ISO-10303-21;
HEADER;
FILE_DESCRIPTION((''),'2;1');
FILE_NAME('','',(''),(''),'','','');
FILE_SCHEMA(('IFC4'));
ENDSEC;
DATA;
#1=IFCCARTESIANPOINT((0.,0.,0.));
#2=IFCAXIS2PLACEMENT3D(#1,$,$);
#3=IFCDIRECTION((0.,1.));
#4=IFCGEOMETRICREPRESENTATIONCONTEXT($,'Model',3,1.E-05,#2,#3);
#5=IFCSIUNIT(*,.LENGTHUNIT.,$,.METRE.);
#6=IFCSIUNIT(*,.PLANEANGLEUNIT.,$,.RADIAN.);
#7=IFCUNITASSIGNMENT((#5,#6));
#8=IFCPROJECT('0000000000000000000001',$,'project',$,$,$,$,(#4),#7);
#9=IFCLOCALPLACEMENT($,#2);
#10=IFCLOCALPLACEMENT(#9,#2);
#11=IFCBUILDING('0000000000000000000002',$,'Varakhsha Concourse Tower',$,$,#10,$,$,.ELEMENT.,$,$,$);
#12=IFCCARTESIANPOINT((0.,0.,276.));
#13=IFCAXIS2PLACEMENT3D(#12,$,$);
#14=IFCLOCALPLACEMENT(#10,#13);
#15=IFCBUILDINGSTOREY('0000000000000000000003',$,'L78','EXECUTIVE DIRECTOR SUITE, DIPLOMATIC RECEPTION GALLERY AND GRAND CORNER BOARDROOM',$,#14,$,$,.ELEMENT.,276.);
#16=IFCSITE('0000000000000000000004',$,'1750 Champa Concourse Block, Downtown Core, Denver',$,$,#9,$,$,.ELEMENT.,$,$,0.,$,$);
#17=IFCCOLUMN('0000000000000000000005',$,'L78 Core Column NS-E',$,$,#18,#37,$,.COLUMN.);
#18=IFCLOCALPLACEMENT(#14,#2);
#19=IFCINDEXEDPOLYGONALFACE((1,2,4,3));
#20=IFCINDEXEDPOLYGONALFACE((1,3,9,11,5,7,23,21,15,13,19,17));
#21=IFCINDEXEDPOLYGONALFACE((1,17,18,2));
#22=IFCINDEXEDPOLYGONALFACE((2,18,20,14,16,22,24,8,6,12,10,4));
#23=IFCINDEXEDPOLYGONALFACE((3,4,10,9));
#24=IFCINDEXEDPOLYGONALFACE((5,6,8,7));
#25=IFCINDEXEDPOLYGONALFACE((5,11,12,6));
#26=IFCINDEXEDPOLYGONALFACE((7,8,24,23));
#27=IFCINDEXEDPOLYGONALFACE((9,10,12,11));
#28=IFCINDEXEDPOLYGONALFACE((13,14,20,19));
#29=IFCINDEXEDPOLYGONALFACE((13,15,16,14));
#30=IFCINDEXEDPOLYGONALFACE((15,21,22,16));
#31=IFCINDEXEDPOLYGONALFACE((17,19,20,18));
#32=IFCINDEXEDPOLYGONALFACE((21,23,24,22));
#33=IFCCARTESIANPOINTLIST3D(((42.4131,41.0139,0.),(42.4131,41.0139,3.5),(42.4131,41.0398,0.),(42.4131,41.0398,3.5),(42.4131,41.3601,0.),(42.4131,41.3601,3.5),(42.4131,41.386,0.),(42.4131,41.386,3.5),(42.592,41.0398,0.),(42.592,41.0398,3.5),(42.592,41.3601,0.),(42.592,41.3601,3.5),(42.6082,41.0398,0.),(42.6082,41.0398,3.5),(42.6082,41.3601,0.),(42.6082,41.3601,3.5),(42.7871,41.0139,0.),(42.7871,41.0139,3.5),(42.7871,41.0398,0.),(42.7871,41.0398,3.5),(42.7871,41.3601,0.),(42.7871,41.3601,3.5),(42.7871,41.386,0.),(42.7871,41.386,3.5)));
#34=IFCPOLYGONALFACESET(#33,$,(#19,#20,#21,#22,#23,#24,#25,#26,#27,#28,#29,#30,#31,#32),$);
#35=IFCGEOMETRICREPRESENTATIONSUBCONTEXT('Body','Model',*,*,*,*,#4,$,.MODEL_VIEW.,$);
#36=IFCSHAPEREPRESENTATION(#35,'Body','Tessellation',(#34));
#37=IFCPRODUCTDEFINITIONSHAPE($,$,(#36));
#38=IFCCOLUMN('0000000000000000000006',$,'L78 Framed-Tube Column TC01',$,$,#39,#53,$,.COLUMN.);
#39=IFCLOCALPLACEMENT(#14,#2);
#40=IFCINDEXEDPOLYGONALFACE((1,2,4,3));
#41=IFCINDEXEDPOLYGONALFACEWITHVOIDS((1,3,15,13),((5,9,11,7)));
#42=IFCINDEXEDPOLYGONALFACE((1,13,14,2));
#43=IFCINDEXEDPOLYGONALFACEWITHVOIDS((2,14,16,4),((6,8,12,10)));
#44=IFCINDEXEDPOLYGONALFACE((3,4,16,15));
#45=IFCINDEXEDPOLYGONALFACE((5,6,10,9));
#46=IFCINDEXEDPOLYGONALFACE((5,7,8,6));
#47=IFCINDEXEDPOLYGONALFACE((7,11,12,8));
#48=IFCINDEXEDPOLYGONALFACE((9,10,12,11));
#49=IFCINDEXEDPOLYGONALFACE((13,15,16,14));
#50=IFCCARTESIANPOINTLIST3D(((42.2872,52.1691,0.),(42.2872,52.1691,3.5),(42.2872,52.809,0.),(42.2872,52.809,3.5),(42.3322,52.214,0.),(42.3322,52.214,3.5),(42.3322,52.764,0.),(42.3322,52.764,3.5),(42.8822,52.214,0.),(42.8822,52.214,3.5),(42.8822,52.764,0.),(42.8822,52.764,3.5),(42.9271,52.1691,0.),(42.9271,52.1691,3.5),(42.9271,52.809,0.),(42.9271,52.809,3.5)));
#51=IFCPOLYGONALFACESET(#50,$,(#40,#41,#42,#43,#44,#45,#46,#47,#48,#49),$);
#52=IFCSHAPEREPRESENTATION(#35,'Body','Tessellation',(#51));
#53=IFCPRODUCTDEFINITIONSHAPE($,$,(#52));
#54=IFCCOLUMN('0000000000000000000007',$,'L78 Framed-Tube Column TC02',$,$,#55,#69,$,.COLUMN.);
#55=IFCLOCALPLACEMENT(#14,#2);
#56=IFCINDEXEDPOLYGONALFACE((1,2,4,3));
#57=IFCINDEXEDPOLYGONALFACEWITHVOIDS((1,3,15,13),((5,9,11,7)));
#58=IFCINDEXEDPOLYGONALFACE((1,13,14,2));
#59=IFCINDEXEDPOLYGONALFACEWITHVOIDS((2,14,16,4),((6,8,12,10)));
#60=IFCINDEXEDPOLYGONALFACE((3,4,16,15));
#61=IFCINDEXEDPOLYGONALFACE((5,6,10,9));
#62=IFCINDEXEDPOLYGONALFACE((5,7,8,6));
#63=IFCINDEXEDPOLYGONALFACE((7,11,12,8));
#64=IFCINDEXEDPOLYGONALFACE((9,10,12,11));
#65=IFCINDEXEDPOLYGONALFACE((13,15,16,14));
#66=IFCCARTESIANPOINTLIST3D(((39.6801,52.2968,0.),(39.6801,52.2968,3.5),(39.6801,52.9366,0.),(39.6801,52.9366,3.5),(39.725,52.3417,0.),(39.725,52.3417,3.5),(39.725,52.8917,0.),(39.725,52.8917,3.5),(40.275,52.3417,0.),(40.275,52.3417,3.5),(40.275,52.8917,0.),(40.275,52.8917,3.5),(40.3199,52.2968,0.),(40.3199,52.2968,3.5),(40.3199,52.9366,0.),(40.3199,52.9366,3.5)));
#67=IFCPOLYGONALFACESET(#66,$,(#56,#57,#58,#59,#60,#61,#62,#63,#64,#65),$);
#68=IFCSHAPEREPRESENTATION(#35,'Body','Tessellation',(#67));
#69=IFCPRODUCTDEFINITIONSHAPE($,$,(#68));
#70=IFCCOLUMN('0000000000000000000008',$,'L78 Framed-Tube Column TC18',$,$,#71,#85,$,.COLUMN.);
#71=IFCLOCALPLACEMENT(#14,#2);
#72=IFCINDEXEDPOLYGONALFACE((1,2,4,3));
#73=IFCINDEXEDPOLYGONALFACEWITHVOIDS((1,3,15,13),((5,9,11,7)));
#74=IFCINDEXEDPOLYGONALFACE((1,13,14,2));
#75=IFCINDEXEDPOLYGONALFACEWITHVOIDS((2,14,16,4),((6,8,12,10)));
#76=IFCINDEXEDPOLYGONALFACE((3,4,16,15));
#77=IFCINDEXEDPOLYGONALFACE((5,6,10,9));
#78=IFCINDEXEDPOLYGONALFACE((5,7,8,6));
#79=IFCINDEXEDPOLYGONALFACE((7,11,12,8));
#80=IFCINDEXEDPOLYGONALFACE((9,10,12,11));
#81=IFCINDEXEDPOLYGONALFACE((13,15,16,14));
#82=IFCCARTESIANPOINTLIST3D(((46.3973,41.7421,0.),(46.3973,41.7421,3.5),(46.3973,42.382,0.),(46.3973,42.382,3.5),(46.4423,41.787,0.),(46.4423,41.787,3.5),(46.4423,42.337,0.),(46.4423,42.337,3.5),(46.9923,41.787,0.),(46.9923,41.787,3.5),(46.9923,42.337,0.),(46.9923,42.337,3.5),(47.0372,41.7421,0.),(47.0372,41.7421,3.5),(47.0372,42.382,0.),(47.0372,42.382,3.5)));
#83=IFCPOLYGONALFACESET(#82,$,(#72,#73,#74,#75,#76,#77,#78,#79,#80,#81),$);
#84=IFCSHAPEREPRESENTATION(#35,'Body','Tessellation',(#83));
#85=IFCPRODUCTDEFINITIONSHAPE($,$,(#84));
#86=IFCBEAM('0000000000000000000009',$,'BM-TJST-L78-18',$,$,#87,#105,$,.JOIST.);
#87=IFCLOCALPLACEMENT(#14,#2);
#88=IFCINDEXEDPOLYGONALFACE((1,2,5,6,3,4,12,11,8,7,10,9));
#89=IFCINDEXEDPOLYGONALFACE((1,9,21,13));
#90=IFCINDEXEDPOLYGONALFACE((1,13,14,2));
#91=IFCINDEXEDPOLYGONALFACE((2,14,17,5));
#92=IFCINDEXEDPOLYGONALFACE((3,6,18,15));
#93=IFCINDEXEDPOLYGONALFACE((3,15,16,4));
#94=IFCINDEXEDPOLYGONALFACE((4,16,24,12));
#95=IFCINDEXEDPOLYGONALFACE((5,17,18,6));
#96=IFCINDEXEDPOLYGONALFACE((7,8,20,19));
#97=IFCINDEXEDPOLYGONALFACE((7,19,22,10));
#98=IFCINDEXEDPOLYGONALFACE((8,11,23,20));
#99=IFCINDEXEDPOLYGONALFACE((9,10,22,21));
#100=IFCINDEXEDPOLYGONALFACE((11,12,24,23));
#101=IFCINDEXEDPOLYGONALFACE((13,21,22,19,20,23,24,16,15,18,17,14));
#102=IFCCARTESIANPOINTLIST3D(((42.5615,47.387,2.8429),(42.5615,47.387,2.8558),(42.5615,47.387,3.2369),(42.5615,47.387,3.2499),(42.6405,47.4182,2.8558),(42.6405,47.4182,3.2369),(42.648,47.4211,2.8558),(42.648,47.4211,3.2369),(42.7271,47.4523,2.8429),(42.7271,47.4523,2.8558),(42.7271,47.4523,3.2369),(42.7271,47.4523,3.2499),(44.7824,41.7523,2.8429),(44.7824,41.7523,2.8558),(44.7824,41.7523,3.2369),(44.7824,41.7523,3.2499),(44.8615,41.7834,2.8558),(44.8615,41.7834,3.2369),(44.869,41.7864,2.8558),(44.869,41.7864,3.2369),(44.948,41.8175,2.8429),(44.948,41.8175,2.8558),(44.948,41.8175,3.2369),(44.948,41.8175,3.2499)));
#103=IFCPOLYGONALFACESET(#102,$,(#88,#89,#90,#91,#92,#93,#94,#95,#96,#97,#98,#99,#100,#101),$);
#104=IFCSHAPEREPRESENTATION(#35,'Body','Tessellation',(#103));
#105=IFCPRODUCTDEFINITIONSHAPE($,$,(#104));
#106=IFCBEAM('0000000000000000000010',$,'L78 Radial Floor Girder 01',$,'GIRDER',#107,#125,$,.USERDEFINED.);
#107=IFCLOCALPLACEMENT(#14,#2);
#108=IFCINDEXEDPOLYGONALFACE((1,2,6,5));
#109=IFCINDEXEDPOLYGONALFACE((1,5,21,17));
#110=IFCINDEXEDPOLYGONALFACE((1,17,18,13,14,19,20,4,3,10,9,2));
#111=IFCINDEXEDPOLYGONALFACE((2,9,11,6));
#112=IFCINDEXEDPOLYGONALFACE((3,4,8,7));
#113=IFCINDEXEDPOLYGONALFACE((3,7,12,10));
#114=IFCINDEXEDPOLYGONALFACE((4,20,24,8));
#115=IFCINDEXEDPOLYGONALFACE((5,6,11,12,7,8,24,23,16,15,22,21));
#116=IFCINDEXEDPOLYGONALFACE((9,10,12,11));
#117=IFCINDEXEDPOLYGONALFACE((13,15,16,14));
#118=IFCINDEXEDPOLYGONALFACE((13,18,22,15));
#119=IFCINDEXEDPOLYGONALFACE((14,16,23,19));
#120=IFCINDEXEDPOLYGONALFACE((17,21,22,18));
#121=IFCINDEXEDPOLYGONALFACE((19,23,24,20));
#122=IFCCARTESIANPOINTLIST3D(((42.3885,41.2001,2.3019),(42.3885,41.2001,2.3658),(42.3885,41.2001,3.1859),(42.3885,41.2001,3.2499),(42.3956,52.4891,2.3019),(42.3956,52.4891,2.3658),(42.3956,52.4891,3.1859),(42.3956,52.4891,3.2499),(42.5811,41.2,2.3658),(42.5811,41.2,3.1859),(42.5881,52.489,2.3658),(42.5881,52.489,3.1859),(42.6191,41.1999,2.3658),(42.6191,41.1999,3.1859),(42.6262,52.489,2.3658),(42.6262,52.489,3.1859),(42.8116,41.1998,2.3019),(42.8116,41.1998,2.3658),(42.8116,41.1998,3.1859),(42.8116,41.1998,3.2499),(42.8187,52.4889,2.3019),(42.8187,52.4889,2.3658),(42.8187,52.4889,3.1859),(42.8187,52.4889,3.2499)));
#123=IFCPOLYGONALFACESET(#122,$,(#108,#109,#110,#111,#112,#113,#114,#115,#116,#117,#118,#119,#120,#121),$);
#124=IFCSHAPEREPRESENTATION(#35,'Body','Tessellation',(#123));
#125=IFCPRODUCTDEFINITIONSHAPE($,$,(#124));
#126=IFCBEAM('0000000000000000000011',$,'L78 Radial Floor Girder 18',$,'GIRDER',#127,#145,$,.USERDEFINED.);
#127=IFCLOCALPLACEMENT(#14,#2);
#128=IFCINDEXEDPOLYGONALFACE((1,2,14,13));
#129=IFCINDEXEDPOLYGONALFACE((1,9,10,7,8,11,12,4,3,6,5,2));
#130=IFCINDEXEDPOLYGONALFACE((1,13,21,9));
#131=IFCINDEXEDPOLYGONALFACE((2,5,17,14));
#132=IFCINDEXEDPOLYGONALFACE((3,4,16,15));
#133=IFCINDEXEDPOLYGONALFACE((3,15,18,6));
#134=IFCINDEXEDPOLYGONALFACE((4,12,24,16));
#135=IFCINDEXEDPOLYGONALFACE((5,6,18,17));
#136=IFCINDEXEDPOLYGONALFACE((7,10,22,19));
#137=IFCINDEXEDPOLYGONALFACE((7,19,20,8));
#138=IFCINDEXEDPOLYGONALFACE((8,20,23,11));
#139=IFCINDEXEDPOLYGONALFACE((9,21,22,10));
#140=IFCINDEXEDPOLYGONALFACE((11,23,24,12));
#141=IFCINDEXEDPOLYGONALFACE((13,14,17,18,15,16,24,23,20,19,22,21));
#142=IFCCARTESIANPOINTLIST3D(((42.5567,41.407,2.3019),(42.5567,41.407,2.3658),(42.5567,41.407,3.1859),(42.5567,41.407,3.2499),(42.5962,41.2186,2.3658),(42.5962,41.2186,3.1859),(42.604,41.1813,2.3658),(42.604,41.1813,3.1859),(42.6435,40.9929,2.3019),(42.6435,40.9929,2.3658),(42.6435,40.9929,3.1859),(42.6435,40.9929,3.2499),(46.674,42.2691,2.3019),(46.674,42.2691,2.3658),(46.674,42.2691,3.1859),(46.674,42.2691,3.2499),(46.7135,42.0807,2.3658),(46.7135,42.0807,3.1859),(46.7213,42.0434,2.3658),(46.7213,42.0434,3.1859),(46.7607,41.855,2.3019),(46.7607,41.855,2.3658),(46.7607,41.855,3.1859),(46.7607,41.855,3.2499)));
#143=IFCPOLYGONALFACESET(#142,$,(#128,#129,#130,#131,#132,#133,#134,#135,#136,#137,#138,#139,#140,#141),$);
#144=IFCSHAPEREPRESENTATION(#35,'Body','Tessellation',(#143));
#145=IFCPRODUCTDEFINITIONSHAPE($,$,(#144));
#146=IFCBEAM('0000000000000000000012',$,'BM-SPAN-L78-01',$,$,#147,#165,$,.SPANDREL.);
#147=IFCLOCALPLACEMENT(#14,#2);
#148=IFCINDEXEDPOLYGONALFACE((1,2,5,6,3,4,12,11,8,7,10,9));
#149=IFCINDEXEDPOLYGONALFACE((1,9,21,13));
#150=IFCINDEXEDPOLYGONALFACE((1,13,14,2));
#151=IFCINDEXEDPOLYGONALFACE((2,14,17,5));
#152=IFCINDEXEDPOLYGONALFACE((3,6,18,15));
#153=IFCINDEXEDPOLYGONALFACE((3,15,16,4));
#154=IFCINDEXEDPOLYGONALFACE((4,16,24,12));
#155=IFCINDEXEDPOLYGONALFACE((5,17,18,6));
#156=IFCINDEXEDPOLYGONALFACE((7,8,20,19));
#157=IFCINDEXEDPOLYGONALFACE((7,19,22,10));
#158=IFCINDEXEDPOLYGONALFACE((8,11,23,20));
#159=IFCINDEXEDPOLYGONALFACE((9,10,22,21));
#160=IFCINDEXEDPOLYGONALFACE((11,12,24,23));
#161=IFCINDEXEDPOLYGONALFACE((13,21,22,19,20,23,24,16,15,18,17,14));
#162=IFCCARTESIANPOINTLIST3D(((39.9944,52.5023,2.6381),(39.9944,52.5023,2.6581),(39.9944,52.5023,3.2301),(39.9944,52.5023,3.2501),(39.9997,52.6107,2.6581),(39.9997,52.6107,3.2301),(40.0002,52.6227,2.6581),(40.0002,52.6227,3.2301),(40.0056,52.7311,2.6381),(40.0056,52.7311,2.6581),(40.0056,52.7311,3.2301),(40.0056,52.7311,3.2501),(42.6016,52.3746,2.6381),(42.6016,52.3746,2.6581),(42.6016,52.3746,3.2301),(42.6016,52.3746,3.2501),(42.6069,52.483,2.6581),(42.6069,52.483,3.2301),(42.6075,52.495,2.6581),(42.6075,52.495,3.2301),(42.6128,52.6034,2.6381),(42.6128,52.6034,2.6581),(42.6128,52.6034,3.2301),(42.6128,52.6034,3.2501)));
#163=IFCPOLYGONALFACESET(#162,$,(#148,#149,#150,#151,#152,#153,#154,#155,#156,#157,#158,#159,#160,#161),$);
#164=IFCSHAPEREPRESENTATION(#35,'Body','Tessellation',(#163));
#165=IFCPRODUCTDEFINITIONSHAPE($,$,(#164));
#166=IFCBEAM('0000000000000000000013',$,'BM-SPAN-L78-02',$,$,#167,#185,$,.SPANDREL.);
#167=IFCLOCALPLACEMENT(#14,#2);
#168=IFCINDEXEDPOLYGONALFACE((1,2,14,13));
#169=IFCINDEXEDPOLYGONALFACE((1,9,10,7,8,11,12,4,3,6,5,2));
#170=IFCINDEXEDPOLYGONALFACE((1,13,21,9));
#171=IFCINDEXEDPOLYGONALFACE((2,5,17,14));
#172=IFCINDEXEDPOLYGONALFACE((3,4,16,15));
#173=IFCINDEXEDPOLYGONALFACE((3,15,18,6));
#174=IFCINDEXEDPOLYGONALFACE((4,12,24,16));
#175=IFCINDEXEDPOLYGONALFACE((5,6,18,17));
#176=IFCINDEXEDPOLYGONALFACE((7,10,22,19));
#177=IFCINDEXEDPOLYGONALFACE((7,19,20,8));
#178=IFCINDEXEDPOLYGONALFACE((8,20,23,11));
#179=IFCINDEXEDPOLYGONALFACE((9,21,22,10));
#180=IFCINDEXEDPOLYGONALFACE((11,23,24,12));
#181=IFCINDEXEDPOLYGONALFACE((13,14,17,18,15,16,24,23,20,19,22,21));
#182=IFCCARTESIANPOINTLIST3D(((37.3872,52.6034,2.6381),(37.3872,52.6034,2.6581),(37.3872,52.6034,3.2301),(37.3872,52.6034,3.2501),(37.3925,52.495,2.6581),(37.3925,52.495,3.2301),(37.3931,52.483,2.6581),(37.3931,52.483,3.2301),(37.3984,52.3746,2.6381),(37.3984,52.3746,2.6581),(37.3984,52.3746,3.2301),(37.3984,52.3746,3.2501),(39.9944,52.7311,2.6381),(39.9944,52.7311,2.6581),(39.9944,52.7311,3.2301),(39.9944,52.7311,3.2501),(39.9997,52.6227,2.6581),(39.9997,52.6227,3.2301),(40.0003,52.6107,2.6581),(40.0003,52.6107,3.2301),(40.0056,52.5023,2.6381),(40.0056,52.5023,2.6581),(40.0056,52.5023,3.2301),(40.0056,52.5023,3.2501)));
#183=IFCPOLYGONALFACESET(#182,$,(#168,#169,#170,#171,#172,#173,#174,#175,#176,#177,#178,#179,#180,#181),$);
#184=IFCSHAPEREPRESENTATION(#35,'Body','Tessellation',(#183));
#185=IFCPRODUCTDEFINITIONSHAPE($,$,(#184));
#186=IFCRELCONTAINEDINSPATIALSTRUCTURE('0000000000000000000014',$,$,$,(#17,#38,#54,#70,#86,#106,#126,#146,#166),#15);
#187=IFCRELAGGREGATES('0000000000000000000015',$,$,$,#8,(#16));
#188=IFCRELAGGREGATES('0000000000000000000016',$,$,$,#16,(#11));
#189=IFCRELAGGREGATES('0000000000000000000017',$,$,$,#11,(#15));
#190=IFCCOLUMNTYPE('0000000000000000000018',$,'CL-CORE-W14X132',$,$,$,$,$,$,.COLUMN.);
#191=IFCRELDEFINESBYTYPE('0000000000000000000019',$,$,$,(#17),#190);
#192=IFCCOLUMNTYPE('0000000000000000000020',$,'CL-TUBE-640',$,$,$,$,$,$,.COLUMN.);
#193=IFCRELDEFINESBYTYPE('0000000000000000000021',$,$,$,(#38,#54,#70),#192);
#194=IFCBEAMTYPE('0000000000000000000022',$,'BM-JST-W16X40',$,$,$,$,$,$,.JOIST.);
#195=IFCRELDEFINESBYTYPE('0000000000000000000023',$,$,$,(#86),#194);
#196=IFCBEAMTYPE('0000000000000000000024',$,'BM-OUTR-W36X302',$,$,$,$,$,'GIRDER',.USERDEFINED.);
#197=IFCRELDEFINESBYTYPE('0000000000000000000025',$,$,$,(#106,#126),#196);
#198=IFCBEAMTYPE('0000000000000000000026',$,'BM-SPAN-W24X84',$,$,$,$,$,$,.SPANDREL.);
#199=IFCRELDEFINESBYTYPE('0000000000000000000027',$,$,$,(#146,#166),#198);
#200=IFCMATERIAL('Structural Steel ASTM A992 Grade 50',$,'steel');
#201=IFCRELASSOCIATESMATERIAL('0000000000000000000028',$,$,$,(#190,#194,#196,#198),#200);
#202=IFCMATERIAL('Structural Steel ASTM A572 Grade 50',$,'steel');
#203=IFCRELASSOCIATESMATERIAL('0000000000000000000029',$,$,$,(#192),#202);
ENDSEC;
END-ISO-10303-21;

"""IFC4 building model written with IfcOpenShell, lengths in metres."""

from ifc_helpers import new_model, si_unit, direction, frame, origin, origin_2d, place, context, subcontext, project, spatial, hollow_rectangle, i_section, extrude, material, material_profile, profile_set, type_object, element, save


model = new_model("IFC4")

# Units and contexts
model_context = context("Model", 3, precision=1e-05, world=origin(), true_north=direction((0.0, 1.0)))
body_context = subcontext(model_context, "Body", "Model", "MODEL_VIEW")
ifc_project = project(units=[si_unit("LENGTHUNIT", "METRE"), si_unit("PLANEANGLEUNIT", "RADIAN")], contexts=[model_context])

# Site, building, storey
site_placement = place(None, origin())
site = spatial("IfcSite", under=ifc_project, at=site_placement, Name="1750 Champa Concourse Block, Downtown Core, Denver", CompositionType="ELEMENT", RefElevation=0.0)
building_placement = place(site_placement, origin())
building = spatial("IfcBuilding", under=site, at=building_placement, Name="Varakhsha Concourse Tower", CompositionType="ELEMENT")
storey_placement = place(building_placement, frame((0.0, 0.0, 276.0)))
storey = spatial("IfcBuildingStorey", under=building, at=storey_placement, Name="L78", Description="EXECUTIVE DIRECTOR SUITE, DIPLOMATIC RECEPTION GALLERY AND GRAND CORNER BOARDROOM", CompositionType="ELEMENT", Elevation=276.0)

# Columns
ifc_material_1 = material(Name="Structural Steel ASTM A992 Grade 50", Category="steel")
ifc_material_profile_1 = material_profile(ifc_material_1, i_section(OverallWidth=0.374, OverallDepth=0.3721, WebThickness=0.0161, FlangeThickness=0.0259, at=origin_2d()), Name="W14X132")
ifc_profile_set_1 = profile_set([ifc_material_profile_1], Name="Structural Steel ASTM A992 Grade 50")
column_type_1 = type_object("IfcColumnType", Name="CL-CORE-W14X132", PredefinedType="COLUMN", material=ifc_profile_set_1)
column_placement = place(storey_placement, frame((42.6001, 41.2, 0.0), z_axis=(0.0, 0.0, 1.0), x_axis=(1.0, 0.0, 0.0)))
element("IfcColumn", 1, at=column_placement, inside=storey, type_object=column_type_1, Name="L78 Core Column NS-E", PredefinedType="COLUMN", context=body_context, shape_type="SweptSolid", body=[
    extrude(i_section(OverallWidth=0.374, OverallDepth=0.3721, WebThickness=0.0161, FlangeThickness=0.0259, at=origin_2d()), origin(), (0.0, 0.0, 1.0), 3.5),
])
ifc_material_2 = material(Name="Structural Steel ASTM A572 Grade 50", Category="steel")
ifc_material_profile_2 = material_profile(ifc_material_2, hollow_rectangle(XDim=0.6399, YDim=0.6399, WallThickness=0.0449, at=origin_2d()), Name="BOX 640x640x45")
ifc_profile_set_2 = profile_set([ifc_material_profile_2], Name="Structural Steel ASTM A572 Grade 50")
column_type_2 = type_object("IfcColumnType", Name="CL-TUBE-640", PredefinedType="COLUMN", material=ifc_profile_set_2)
for number, where, z_axis, x_axis, name in (
    (2, (42.6072, 52.489, 0.0), (0.0, 0.0, 1.0), (1.0, 0.0, 0.0), "L78 Framed-Tube Column TC01"),
    (3, (40.0, 52.6167, 0.0), (0.0, 0.0, 1.0), (1.0, 0.0, 0.0), "L78 Framed-Tube Column TC02"),
    (4, (46.7173, 42.062, 0.0), (0.0, 0.0, 1.0), (1.0, 0.0, 0.0), "L78 Framed-Tube Column TC18"),
):
    element("IfcColumn", number, at=place(storey_placement, frame(where, z_axis=z_axis, x_axis=x_axis)), inside=storey, type_object=column_type_2, Name=name, PredefinedType="COLUMN", context=body_context, shape_type="SweptSolid", body=[
        extrude(hollow_rectangle(XDim=0.6399, YDim=0.6399, WallThickness=0.0449, at=origin_2d()), origin(), (0.0, 0.0, 1.0), 3.5),
    ])

# Beams
ifc_material_profile_3 = material_profile(ifc_material_1, i_section(OverallWidth=0.178, OverallDepth=0.407, WebThickness=0.0081, FlangeThickness=0.0129, at=origin_2d()), Name="W16X40")
ifc_profile_set_3 = profile_set([ifc_material_profile_3], Name="Structural Steel ASTM A992 Grade 50")
beam_type_1 = type_object("IfcBeamType", Name="BM-JST-W16X40", PredefinedType="JOIST", material=ifc_profile_set_3)
beam_1_placement = place(storey_placement, frame((44.8652, 41.7849, 3.0464), z_axis=(-0.366695, 0.930341, 0.0), x_axis=(-0.930341, -0.366695, 0.0)))
element("IfcBeam", 5, at=beam_1_placement, inside=storey, type_object=beam_type_1, Name="BM-TJST-L78-18", PredefinedType="JOIST", context=body_context, shape_type="SweptSolid", body=[
    extrude(i_section(OverallWidth=0.178, OverallDepth=0.407, WebThickness=0.0081, FlangeThickness=0.0129, at=origin_2d()), origin(), (0.0, 0.0, 1.0), 6.0566),
])
ifc_material_profile_4 = material_profile(ifc_material_1, i_section(OverallWidth=0.4231, OverallDepth=0.948, WebThickness=0.0381, FlangeThickness=0.064, at=origin_2d()), Name="W36X302")
ifc_profile_set_4 = profile_set([ifc_material_profile_4], Name="Structural Steel ASTM A992 Grade 50")
beam_type_2 = type_object("IfcBeamType", Name="BM-OUTR-W36X302", ElementType="GIRDER", PredefinedType="USERDEFINED", material=ifc_profile_set_4)
beam_2_placement = place(storey_placement, frame((42.6001, 41.2, 2.7759), z_axis=(0.000627, 1.0, 0.0), x_axis=(-1.0, 0.000627, 0.0)))
element("IfcBeam", 6, at=beam_2_placement, inside=storey, type_object=beam_type_2, Name="L78 Radial Floor Girder 01", ObjectType="GIRDER", PredefinedType="USERDEFINED", context=body_context, shape_type="SweptSolid", body=[
    extrude(i_section(OverallWidth=0.4231, OverallDepth=0.948, WebThickness=0.0381, FlangeThickness=0.064, at=origin_2d()), origin(), (0.0, 0.0, 1.0), 11.2891),
])
beam_3_placement = place(storey_placement, frame((42.6001, 41.2, 2.7759), z_axis=(0.978775, 0.204937, 0.0), x_axis=(-0.204937, 0.978775, 0.0)))
element("IfcBeam", 7, at=beam_3_placement, inside=storey, type_object=beam_type_2, Name="L78 Radial Floor Girder 18", ObjectType="GIRDER", PredefinedType="USERDEFINED", context=body_context, shape_type="SweptSolid", body=[
    extrude(i_section(OverallWidth=0.4231, OverallDepth=0.948, WebThickness=0.0381, FlangeThickness=0.064, at=origin_2d()), origin(), (0.0, 0.0, 1.0), 4.2065),
])
ifc_material_profile_5 = material_profile(ifc_material_1, i_section(OverallWidth=0.229, OverallDepth=0.6121, WebThickness=0.012, FlangeThickness=0.02, at=origin_2d()), Name="W24X84")
ifc_profile_set_5 = profile_set([ifc_material_profile_5], Name="Structural Steel ASTM A992 Grade 50")
beam_type_3 = type_object("IfcBeamType", Name="BM-SPAN-W24X84", PredefinedType="SPANDREL", material=ifc_profile_set_5)
for number, where, z_axis, x_axis, name in (
    (8, (42.6072, 52.489, 2.9441), (-0.998803, 0.048916, 0.0), (-0.048916, -0.998803, 0.0), "BM-SPAN-L78-01"),
    (9, (40.0, 52.6167, 2.9441), (-0.998803, -0.048916, 0.0), (0.048916, -0.998803, 0.0), "BM-SPAN-L78-02"),
):
    element("IfcBeam", number, at=place(storey_placement, frame(where, z_axis=z_axis, x_axis=x_axis)), inside=storey, type_object=beam_type_3, Name=name, PredefinedType="SPANDREL", context=body_context, shape_type="SweptSolid", body=[
        extrude(i_section(OverallWidth=0.229, OverallDepth=0.6121, WebThickness=0.012, FlangeThickness=0.02, at=origin_2d()), origin(), (0.0, 0.0, 1.0), 2.6104),
    ])

save(model, "model.ifc")
